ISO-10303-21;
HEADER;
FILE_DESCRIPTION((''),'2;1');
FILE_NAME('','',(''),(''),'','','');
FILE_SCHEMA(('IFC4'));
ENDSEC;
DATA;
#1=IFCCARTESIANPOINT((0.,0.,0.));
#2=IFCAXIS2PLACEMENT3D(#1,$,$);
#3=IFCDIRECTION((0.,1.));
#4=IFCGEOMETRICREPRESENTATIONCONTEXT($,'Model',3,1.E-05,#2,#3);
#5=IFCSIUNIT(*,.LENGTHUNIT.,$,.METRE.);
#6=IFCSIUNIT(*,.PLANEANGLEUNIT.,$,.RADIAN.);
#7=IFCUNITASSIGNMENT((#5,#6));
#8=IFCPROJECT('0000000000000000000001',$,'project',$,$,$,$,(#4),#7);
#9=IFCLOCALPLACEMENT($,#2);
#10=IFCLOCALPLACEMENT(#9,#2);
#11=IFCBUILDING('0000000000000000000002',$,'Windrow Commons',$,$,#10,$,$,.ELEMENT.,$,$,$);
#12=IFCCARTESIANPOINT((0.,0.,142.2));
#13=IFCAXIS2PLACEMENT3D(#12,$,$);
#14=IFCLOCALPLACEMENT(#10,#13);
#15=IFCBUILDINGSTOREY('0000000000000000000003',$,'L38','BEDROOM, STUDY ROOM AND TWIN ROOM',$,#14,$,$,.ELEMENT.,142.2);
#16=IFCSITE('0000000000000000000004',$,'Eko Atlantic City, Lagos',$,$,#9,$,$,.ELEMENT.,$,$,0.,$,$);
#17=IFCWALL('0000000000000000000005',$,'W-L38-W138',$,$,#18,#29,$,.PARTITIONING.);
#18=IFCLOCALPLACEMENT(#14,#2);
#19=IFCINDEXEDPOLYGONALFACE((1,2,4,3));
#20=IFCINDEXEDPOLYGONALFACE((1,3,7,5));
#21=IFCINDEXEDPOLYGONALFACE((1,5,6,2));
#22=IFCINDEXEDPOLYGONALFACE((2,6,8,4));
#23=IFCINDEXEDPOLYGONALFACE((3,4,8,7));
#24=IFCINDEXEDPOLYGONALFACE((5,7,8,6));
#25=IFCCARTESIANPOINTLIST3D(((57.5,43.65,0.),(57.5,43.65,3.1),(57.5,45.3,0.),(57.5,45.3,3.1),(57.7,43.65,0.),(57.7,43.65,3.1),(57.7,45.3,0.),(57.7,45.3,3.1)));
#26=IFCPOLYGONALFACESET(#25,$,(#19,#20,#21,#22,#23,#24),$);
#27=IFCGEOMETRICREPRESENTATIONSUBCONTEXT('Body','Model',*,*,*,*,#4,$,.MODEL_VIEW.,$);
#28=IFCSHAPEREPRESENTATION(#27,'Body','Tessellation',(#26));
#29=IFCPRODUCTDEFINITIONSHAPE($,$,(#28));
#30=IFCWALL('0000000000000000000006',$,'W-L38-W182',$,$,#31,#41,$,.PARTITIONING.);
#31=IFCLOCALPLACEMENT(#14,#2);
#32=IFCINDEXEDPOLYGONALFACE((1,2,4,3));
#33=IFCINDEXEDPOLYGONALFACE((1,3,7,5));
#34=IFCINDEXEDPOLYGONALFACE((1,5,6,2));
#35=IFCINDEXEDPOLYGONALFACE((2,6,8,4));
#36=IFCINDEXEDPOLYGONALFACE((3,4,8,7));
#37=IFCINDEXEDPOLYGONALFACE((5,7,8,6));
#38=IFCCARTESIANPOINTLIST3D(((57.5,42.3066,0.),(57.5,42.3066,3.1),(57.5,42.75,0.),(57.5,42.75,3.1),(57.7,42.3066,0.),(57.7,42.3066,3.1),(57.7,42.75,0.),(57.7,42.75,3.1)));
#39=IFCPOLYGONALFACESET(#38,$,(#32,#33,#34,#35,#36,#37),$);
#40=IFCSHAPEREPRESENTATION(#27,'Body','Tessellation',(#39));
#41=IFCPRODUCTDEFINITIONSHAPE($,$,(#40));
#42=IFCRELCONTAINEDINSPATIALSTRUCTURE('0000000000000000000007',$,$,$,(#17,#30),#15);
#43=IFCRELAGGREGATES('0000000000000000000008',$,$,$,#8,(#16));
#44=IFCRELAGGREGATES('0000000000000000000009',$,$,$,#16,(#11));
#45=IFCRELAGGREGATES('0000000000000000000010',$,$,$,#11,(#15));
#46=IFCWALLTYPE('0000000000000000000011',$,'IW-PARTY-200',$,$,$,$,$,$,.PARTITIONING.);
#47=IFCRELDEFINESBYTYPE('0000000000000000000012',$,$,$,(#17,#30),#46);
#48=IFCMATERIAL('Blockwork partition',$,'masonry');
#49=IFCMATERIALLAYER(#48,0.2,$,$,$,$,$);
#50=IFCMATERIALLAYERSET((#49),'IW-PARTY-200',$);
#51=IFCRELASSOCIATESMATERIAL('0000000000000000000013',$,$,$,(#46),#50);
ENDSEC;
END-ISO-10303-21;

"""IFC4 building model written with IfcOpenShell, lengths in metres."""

from ifc_helpers import new_model, si_unit, direction, frame, frame_2d, origin, place, context, subcontext, project, spatial, rectangle, extrude, material, layer, layer_set, type_object, element, save


model = new_model("IFC4")

# Units and contexts
model_context = context("Model", 3, precision=1e-05, world=origin(), true_north=direction((0.0, 1.0)))
body_context = subcontext(model_context, "Body", "Model", "MODEL_VIEW")
ifc_project = project(units=[si_unit("LENGTHUNIT", "METRE"), si_unit("PLANEANGLEUNIT", "RADIAN")], contexts=[model_context])

# Site, building, storey
site_placement = place(None, origin())
site = spatial("IfcSite", under=ifc_project, at=site_placement, Name="Eko Atlantic City, Lagos", CompositionType="ELEMENT", RefElevation=0.0)
building_placement = place(site_placement, origin())
building = spatial("IfcBuilding", under=site, at=building_placement, Name="Windrow Commons", CompositionType="ELEMENT")
storey_placement = place(building_placement, frame((0.0, 0.0, 142.2)))
storey = spatial("IfcBuildingStorey", under=building, at=storey_placement, Name="L38", Description="BEDROOM, STUDY ROOM AND TWIN ROOM", CompositionType="ELEMENT", Elevation=142.2)

# Walls
ifc_material_1 = material(Name="Blockwork partition", Category="masonry")
ifc_layer_1 = layer(ifc_material_1, 0.2)
ifc_layer_set_1 = layer_set([ifc_layer_1], Name="IW-PARTY-200")
wall_type_1 = type_object("IfcWallType", Name="IW-PARTY-200", PredefinedType="PARTITIONING", material=ifc_layer_set_1)
wall_1_placement = place(storey_placement, frame((57.6, 43.65, 0.0), z_axis=(0.0, 0.0, 1.0), x_axis=(0.0, 1.0, 0.0)))
element("IfcWall", 1, at=wall_1_placement, inside=storey, type_object=wall_type_1, Name="W-L38-W138", PredefinedType="PARTITIONING", context=body_context, shape_type="SweptSolid", body=[
    extrude(rectangle(XDim=1.65, YDim=0.2, at=frame_2d((0.825, 0.0))), origin(), (0.0, 0.0, 1.0), 3.1),
])
wall_2_placement = place(storey_placement, frame((57.6, 42.3065, 0.0), z_axis=(0.0, 0.0, 1.0), x_axis=(0.0, 1.0, 0.0)))
element("IfcWall", 2, at=wall_2_placement, inside=storey, type_object=wall_type_1, Name="W-L38-W182", PredefinedType="PARTITIONING", context=body_context, shape_type="SweptSolid", body=[
    extrude(rectangle(XDim=0.4435, YDim=0.2, at=frame_2d((0.2218, 0.0))), origin(), (0.0, 0.0, 1.0), 3.1),
])

save(model, "model.ifc")
